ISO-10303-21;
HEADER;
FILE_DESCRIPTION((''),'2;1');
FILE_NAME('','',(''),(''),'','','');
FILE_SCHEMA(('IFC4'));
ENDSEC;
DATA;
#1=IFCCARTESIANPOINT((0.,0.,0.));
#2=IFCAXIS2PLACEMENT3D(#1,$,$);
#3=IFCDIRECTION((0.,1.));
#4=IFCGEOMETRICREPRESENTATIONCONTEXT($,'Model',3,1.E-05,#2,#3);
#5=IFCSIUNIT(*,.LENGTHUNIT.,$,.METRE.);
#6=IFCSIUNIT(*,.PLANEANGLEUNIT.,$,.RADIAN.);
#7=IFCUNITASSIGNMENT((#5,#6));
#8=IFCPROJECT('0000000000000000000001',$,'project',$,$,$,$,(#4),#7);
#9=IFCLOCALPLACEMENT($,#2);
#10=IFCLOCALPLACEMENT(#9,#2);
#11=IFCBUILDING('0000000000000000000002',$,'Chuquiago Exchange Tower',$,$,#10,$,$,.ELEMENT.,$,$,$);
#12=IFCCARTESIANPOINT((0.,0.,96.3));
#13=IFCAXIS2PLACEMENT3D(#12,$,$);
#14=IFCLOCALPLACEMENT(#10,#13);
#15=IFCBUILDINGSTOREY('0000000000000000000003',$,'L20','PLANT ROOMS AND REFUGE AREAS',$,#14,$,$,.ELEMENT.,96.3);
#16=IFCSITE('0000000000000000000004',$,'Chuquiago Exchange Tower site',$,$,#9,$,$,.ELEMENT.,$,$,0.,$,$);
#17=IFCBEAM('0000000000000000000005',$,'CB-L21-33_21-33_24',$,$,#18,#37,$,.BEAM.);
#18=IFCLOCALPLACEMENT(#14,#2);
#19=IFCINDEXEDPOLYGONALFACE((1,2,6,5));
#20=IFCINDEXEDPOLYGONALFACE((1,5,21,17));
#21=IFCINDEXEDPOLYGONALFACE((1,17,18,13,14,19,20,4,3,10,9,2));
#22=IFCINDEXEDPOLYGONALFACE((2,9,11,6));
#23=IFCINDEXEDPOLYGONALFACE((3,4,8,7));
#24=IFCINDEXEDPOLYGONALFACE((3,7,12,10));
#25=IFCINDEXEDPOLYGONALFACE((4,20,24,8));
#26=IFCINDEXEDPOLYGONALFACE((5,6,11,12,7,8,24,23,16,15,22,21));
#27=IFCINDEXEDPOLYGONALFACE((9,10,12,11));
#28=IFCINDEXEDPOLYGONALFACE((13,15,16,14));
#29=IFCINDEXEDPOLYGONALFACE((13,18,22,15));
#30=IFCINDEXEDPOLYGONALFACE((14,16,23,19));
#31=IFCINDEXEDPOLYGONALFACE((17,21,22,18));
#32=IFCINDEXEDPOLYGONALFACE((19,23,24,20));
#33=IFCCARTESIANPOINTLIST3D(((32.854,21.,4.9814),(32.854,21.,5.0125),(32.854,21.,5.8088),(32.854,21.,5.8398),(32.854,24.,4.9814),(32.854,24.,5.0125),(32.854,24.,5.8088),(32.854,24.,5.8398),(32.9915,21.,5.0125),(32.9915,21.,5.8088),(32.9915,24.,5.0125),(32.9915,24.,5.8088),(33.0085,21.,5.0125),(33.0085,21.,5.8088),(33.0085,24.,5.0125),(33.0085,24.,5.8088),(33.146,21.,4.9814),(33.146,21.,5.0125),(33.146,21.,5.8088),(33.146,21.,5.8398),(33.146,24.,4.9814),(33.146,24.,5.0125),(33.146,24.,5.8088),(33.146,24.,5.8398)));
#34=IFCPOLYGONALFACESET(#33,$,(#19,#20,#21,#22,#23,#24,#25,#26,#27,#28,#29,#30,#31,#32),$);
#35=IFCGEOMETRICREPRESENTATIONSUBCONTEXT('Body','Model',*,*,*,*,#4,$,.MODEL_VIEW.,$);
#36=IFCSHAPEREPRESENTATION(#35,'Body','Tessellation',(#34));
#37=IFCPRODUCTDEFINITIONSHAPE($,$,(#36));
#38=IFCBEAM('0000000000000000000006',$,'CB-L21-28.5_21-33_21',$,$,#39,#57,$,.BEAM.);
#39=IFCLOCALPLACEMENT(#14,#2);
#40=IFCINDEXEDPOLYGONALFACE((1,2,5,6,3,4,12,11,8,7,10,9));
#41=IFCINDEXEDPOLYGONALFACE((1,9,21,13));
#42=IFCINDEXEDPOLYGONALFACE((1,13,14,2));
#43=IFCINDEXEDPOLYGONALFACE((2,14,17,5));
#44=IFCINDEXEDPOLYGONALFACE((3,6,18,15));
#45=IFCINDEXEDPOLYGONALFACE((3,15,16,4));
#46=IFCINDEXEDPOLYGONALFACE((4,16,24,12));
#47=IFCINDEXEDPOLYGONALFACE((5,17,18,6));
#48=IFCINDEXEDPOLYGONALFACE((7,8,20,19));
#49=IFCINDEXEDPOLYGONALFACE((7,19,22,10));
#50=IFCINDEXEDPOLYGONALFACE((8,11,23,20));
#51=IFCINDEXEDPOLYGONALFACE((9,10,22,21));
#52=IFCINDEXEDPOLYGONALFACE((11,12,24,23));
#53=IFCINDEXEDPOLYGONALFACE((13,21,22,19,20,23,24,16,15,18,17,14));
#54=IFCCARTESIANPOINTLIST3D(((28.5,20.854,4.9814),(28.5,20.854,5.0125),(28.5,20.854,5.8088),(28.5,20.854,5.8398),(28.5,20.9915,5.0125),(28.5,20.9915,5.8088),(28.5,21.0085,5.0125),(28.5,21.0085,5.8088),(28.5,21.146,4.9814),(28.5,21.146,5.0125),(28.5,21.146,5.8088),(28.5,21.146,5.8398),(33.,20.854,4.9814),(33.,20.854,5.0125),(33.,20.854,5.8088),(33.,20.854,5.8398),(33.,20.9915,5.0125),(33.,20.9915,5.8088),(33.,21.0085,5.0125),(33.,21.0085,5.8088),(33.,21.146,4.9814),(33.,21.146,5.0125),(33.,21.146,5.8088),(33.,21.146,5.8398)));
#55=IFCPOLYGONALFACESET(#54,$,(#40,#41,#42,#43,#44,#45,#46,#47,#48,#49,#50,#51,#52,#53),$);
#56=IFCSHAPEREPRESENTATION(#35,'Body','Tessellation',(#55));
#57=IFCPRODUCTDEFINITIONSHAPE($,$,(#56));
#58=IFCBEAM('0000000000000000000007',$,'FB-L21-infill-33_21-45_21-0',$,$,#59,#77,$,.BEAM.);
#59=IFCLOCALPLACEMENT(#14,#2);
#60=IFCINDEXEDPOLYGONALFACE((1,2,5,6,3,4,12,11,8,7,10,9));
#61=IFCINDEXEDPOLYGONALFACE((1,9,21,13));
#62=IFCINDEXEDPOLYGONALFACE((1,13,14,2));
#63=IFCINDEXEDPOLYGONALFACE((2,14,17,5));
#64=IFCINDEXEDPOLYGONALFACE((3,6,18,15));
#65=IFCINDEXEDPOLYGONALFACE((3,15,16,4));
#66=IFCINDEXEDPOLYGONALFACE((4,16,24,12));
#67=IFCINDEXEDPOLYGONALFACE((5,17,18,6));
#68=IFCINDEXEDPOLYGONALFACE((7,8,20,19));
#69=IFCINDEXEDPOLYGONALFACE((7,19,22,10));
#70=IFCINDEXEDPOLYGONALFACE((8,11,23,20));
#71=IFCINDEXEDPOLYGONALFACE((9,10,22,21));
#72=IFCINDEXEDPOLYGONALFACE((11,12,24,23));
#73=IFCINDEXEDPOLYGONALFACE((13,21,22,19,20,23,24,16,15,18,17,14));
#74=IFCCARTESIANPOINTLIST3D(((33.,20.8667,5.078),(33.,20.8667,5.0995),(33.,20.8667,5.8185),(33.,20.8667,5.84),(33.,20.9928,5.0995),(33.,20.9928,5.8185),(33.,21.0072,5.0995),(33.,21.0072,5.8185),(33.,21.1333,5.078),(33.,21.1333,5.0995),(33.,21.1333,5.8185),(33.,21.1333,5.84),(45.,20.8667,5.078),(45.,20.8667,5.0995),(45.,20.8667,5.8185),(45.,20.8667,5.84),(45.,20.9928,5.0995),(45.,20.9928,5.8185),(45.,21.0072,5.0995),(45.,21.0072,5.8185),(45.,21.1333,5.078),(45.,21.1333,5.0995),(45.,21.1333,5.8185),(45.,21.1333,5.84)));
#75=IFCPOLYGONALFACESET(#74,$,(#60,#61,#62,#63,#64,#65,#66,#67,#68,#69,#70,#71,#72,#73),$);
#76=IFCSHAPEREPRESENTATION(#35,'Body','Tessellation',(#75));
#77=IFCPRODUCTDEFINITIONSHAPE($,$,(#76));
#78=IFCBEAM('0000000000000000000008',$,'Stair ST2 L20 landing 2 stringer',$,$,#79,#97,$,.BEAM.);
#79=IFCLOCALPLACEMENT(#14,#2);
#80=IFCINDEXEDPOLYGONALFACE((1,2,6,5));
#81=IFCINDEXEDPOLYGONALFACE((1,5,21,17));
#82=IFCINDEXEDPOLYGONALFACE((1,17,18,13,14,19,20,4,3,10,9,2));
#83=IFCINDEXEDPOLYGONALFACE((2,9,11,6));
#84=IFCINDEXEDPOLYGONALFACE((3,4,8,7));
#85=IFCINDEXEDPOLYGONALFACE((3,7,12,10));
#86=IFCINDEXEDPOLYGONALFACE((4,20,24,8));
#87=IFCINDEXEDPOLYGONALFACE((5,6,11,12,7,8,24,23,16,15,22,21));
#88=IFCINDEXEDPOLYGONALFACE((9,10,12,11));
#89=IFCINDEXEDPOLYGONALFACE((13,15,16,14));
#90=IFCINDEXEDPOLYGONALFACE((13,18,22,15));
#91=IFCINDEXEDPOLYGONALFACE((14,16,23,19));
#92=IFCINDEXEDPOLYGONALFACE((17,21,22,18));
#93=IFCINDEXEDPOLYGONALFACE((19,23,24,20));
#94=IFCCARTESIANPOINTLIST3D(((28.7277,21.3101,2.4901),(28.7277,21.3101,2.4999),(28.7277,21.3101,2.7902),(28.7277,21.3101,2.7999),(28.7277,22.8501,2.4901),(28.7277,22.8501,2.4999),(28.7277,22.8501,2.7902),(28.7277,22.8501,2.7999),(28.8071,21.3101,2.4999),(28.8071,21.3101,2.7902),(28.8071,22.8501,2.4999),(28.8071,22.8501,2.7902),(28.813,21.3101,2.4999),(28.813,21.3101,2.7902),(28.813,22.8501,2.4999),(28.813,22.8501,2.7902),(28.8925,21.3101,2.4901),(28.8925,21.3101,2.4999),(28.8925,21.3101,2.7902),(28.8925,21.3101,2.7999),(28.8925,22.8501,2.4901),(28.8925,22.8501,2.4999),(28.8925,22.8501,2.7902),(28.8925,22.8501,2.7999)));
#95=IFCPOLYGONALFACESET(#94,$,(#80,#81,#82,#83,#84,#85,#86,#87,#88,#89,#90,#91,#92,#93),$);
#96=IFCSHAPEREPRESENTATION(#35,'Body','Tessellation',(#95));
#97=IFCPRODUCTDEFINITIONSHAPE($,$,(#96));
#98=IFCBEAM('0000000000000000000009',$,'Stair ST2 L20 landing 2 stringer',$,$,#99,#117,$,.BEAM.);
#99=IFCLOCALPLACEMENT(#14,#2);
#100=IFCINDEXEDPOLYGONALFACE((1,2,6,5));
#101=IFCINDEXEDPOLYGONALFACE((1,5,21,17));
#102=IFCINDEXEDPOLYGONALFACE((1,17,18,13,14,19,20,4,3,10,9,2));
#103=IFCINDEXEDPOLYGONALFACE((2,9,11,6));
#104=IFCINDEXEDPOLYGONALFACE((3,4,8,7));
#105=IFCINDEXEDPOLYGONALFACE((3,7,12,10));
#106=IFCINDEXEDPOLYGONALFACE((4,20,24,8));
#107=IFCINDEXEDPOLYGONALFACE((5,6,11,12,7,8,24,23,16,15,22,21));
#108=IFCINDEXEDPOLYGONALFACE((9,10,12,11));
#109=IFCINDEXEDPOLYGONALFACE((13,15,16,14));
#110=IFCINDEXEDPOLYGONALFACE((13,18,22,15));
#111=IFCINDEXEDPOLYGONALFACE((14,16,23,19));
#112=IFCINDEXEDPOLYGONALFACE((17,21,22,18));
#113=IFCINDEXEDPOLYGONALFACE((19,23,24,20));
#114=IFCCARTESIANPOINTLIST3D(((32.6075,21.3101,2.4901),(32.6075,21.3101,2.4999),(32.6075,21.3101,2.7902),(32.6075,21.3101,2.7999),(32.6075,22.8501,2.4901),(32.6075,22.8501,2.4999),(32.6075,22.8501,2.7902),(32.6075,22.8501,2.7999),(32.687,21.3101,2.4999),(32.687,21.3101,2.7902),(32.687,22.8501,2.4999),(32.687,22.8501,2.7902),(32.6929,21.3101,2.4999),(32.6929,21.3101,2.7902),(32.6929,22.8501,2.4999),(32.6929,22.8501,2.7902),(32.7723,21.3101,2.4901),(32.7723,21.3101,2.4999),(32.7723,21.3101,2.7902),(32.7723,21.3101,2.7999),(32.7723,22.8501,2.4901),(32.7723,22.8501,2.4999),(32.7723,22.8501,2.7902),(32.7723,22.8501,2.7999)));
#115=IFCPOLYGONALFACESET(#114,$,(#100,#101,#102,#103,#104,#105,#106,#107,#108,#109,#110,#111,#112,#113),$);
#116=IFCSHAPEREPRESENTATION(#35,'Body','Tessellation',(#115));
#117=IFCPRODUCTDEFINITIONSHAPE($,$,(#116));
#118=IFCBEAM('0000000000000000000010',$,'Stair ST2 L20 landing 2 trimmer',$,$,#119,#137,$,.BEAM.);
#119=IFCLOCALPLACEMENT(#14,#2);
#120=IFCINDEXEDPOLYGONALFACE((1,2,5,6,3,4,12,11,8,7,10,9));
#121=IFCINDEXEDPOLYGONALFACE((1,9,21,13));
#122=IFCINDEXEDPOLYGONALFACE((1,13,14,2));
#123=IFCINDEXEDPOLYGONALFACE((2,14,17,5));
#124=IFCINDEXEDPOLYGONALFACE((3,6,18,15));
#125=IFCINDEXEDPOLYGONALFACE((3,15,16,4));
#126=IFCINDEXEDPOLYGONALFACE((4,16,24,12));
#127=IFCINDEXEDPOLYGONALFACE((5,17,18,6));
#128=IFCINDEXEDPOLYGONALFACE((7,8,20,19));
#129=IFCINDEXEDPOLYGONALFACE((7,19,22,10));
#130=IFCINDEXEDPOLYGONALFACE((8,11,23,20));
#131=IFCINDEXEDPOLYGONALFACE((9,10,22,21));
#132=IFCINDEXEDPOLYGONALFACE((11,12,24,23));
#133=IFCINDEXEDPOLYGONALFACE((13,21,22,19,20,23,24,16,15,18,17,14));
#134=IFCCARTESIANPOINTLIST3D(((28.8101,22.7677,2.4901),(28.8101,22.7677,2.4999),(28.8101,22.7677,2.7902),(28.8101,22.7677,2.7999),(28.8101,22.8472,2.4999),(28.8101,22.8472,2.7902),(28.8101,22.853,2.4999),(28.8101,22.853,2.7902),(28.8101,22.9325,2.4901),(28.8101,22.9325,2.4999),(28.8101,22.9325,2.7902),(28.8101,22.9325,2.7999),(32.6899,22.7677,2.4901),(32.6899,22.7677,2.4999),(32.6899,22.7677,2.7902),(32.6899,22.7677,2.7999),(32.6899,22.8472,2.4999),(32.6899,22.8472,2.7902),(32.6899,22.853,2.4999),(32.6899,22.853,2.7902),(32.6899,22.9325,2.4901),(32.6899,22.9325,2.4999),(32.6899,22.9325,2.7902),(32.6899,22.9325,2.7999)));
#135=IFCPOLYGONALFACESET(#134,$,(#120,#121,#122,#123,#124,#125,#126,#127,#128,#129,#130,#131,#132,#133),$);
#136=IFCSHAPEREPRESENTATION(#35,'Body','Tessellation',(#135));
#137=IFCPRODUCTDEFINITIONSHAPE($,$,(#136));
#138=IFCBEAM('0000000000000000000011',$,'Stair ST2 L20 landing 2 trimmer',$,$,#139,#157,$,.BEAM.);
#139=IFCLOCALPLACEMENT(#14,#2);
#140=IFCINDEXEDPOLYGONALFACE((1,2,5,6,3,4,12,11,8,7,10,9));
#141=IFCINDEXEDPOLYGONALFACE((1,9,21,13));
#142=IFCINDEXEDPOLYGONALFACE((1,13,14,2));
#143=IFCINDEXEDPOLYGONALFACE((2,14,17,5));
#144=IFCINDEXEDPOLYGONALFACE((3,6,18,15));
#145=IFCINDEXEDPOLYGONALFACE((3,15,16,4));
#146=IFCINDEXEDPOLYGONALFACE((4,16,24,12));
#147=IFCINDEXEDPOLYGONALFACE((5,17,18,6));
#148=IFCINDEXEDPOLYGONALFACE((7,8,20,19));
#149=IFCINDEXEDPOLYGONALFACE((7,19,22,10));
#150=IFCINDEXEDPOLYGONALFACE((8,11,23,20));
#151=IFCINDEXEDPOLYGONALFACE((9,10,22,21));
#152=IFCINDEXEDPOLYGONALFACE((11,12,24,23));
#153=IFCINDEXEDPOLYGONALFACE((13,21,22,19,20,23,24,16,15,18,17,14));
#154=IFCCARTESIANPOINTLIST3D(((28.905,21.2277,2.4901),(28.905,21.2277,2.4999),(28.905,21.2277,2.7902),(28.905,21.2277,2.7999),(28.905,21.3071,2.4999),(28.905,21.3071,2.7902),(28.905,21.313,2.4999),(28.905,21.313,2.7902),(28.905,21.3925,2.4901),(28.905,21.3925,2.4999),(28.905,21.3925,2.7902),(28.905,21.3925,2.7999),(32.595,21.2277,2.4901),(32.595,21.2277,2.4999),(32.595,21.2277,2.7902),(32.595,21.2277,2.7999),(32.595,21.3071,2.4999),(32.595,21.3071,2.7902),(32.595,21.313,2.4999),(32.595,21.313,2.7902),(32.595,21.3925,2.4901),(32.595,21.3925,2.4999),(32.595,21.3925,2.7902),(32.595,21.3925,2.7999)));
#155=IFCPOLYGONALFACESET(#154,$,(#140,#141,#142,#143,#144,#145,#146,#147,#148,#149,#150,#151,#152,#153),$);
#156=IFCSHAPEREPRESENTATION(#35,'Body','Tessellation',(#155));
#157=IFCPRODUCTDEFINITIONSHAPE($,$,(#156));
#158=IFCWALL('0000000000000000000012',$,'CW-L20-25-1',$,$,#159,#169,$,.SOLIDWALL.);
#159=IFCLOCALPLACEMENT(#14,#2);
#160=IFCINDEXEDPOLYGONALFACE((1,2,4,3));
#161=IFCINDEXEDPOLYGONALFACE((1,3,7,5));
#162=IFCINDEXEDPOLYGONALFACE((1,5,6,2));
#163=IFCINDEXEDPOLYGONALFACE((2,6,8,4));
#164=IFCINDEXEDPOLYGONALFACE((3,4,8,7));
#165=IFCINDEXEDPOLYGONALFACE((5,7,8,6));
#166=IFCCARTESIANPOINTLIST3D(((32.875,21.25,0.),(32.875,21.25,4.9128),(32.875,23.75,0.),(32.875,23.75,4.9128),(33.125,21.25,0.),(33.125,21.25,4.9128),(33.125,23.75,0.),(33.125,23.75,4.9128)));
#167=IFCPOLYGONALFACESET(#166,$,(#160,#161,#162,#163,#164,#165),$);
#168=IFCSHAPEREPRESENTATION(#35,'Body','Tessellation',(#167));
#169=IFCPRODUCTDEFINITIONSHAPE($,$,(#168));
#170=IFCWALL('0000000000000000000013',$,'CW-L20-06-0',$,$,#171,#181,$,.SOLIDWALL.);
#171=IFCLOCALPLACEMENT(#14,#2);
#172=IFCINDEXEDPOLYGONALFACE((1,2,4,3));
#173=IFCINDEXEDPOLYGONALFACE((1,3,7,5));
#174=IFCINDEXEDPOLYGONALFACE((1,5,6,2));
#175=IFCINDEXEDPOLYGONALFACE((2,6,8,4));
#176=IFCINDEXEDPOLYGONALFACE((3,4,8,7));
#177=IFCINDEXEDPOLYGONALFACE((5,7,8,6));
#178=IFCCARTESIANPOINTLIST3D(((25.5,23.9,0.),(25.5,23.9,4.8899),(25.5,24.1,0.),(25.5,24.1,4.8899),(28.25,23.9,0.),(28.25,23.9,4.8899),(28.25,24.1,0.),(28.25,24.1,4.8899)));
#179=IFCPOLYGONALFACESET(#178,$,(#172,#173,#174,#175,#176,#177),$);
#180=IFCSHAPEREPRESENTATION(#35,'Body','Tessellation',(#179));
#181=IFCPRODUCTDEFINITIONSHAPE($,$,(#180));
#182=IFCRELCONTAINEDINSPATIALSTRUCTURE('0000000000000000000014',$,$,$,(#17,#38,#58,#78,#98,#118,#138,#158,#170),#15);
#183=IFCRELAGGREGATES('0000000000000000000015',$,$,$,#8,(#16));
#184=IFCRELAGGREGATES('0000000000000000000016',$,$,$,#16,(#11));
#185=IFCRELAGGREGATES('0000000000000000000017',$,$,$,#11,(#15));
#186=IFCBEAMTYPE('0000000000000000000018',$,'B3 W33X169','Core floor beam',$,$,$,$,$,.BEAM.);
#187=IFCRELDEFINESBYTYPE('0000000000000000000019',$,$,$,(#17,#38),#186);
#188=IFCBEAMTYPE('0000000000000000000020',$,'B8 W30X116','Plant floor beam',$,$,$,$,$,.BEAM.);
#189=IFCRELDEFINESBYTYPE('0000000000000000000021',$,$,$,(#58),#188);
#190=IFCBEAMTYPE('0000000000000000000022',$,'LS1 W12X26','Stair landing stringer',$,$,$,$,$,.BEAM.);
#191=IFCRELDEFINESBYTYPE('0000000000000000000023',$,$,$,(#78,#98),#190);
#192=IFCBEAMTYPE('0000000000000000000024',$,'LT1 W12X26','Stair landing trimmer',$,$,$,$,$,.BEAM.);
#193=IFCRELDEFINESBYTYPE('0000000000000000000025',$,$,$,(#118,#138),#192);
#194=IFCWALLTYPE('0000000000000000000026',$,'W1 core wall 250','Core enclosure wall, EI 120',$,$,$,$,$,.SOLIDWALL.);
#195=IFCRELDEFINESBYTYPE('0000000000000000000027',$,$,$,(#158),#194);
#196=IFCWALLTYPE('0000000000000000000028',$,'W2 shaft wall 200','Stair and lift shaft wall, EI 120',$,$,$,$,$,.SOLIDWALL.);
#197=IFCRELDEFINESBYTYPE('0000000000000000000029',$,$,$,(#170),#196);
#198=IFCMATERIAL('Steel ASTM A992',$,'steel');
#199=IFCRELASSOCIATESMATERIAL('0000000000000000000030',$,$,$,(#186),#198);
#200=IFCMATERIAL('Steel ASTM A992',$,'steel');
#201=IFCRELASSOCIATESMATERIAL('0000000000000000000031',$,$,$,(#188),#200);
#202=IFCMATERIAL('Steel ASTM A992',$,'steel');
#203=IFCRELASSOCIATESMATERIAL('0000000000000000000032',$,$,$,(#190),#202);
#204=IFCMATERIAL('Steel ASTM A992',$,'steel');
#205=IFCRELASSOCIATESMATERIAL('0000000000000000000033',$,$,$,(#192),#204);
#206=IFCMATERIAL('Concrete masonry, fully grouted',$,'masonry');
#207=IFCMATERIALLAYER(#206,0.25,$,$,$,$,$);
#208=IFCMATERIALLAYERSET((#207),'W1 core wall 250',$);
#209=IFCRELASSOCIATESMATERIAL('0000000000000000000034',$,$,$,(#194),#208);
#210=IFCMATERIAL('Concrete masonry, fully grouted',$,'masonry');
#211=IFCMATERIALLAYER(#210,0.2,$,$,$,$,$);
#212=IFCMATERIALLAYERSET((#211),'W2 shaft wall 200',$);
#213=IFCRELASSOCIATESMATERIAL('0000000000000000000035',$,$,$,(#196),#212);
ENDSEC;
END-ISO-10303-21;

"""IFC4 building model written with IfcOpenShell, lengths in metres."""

from ifc_helpers import new_model, si_unit, direction, frame, frame_2d, origin, origin_2d, place, context, subcontext, project, spatial, rectangle, i_section, extrude, material, layer, layer_set, material_profile, profile_set, type_object, element, save


model = new_model("IFC4")

# Units and contexts
model_context = context("Model", 3, precision=1e-05, world=origin(), true_north=direction((0.0, 1.0)))
body_context = subcontext(model_context, "Body", "Model", "MODEL_VIEW")
ifc_project = project(units=[si_unit("LENGTHUNIT", "METRE"), si_unit("PLANEANGLEUNIT", "RADIAN")], contexts=[model_context])

# Site, building, storey
site_placement = place(None, origin())
site = spatial("IfcSite", under=ifc_project, at=site_placement, Name="Chuquiago Exchange Tower site", CompositionType="ELEMENT", RefElevation=0.0)
building_placement = place(site_placement, origin())
building = spatial("IfcBuilding", under=site, at=building_placement, Name="Chuquiago Exchange Tower", CompositionType="ELEMENT")
storey_placement = place(building_placement, frame((0.0, 0.0, 96.3)))
storey = spatial("IfcBuildingStorey", under=building, at=storey_placement, Name="L20", Description="PLANT ROOMS AND REFUGE AREAS", CompositionType="ELEMENT", Elevation=96.3)

# Beams
ifc_material_1 = material(Name="Steel ASTM A992", Category="steel")
ifc_material_profile_1 = material_profile(ifc_material_1, i_section(OverallWidth=0.292, OverallDepth=0.8584, WebThickness=0.0171, FlangeThickness=0.031, at=origin_2d()), Name="W33X169")
ifc_profile_set_1 = profile_set([ifc_material_profile_1], Name="Steel ASTM A992")
beam_type_1 = type_object("IfcBeamType", Name="B3 W33X169", Description="Core floor beam", PredefinedType="BEAM", material=ifc_profile_set_1)
for number, where, z_axis, x_axis, name in (
    (1, (33.0, 21.0, 5.4106), (0.0, 1.0, 0.0), (-1.0, 0.0, 0.0), "CB-L21-33_21-33_24"),
):
    element("IfcBeam", number, at=place(storey_placement, frame(where, z_axis=z_axis, x_axis=x_axis)), inside=storey, type_object=beam_type_1, Name=name, PredefinedType="BEAM", context=body_context, shape_type="SweptSolid", body=[
        extrude(i_section(OverallWidth=0.292, OverallDepth=0.8584, WebThickness=0.0171, FlangeThickness=0.031, at=origin_2d()), origin(), (0.0, 0.0, 1.0), 3.0),
    ])
beam_1_placement = place(storey_placement, frame((28.5, 21.0, 5.4106), z_axis=(1.0, 0.0, 0.0), x_axis=(0.0, 1.0, 0.0)))
element("IfcBeam", 2, at=beam_1_placement, inside=storey, type_object=beam_type_1, Name="CB-L21-28.5_21-33_21", PredefinedType="BEAM", context=body_context, shape_type="SweptSolid", body=[
    extrude(i_section(OverallWidth=0.292, OverallDepth=0.8584, WebThickness=0.0171, FlangeThickness=0.031, at=origin_2d()), origin(), (0.0, 0.0, 1.0), 4.5),
])
ifc_material_2 = material(Name="Steel ASTM A992", Category="steel")
ifc_material_profile_2 = material_profile(ifc_material_2, i_section(OverallWidth=0.2666, OverallDepth=0.762, WebThickness=0.0144, FlangeThickness=0.0215, at=origin_2d()), Name="W30X116")
ifc_profile_set_2 = profile_set([ifc_material_profile_2], Name="Steel ASTM A992")
beam_type_2 = type_object("IfcBeamType", Name="B8 W30X116", Description="Plant floor beam", PredefinedType="BEAM", material=ifc_profile_set_2)
beam_2_placement = place(storey_placement, frame((33.0, 21.0, 5.459), z_axis=(1.0, 0.0, 0.0), x_axis=(0.0, 1.0, 0.0)))
element("IfcBeam", 3, at=beam_2_placement, inside=storey, type_object=beam_type_2, Name="FB-L21-infill-33_21-45_21-0", PredefinedType="BEAM", context=body_context, shape_type="SweptSolid", body=[
    extrude(i_section(OverallWidth=0.2666, OverallDepth=0.762, WebThickness=0.0144, FlangeThickness=0.0215, at=origin_2d()), origin(), (0.0, 0.0, 1.0), 12.0),
])
ifc_material_3 = material(Name="Steel ASTM A992", Category="steel")
ifc_material_profile_3 = material_profile(ifc_material_3, i_section(OverallWidth=0.1648, OverallDepth=0.3098, WebThickness=0.0059, FlangeThickness=0.0098, at=origin_2d()), Name="W12X26")
ifc_profile_set_3 = profile_set([ifc_material_profile_3], Name="Steel ASTM A992")
beam_type_3 = type_object("IfcBeamType", Name="LS1 W12X26", Description="Stair landing stringer", PredefinedType="BEAM", material=ifc_profile_set_3)
for number, where, z_axis, x_axis, name in (
    (4, (28.8101, 21.3101, 2.645), (0.0, 1.0, 0.0), (-1.0, 0.0, 0.0), "Stair ST2 L20 landing 2 stringer"),
    (5, (32.6899, 21.3101, 2.645), (0.0, 1.0, 0.0), (-1.0, 0.0, 0.0), "Stair ST2 L20 landing 2 stringer"),
):
    element("IfcBeam", number, at=place(storey_placement, frame(where, z_axis=z_axis, x_axis=x_axis)), inside=storey, type_object=beam_type_3, Name=name, PredefinedType="BEAM", context=body_context, shape_type="SweptSolid", body=[
        extrude(i_section(OverallWidth=0.1648, OverallDepth=0.3098, WebThickness=0.0059, FlangeThickness=0.0098, at=origin_2d()), origin(), (0.0, 0.0, 1.0), 1.54),
    ])
ifc_material_4 = material(Name="Steel ASTM A992", Category="steel")
ifc_material_profile_4 = material_profile(ifc_material_4, i_section(OverallWidth=0.1648, OverallDepth=0.3098, WebThickness=0.0059, FlangeThickness=0.0098, at=origin_2d()), Name="W12X26")
ifc_profile_set_4 = profile_set([ifc_material_profile_4], Name="Steel ASTM A992")
beam_type_4 = type_object("IfcBeamType", Name="LT1 W12X26", Description="Stair landing trimmer", PredefinedType="BEAM", material=ifc_profile_set_4)
beam_3_placement = place(storey_placement, frame((28.8101, 22.8501, 2.645), z_axis=(1.0, 0.0, 0.0), x_axis=(0.0, 1.0, 0.0)))
element("IfcBeam", 6, at=beam_3_placement, inside=storey, type_object=beam_type_4, Name="Stair ST2 L20 landing 2 trimmer", PredefinedType="BEAM", context=body_context, shape_type="SweptSolid", body=[
    extrude(i_section(OverallWidth=0.1648, OverallDepth=0.3098, WebThickness=0.0059, FlangeThickness=0.0098, at=origin_2d()), origin(), (0.0, 0.0, 1.0), 3.8799),
])
beam_4_placement = place(storey_placement, frame((28.905, 21.3101, 2.645), z_axis=(1.0, 0.0, 0.0), x_axis=(0.0, 1.0, 0.0)))
element("IfcBeam", 7, at=beam_4_placement, inside=storey, type_object=beam_type_4, Name="Stair ST2 L20 landing 2 trimmer", PredefinedType="BEAM", context=body_context, shape_type="SweptSolid", body=[
    extrude(i_section(OverallWidth=0.1648, OverallDepth=0.3098, WebThickness=0.0059, FlangeThickness=0.0098, at=origin_2d()), origin(), (0.0, 0.0, 1.0), 3.6899),
])

# Walls
ifc_material_5 = material(Name="Concrete masonry, fully grouted", Category="masonry")
ifc_layer_1 = layer(ifc_material_5, 0.25)
ifc_layer_set_1 = layer_set([ifc_layer_1], Name="W1 core wall 250")
wall_type_1 = type_object("IfcWallType", Name="W1 core wall 250", Description="Core enclosure wall, EI 120", PredefinedType="SOLIDWALL", material=ifc_layer_set_1)
wall_1_placement = place(storey_placement, frame((33.0, 21.25, 0.0), z_axis=(0.0, 0.0, 1.0), x_axis=(0.0, 1.0, 0.0)))
element("IfcWall", 8, at=wall_1_placement, inside=storey, type_object=wall_type_1, Name="CW-L20-25-1", PredefinedType="SOLIDWALL", context=body_context, shape_type="SweptSolid", body=[
    extrude(rectangle(XDim=2.5, YDim=0.25, at=frame_2d((1.25, 0.0))), origin(), (0.0, 0.0, 1.0), 4.9128),
])
ifc_material_6 = material(Name="Concrete masonry, fully grouted", Category="masonry")
ifc_layer_2 = layer(ifc_material_6, 0.2)
ifc_layer_set_2 = layer_set([ifc_layer_2], Name="W2 shaft wall 200")
wall_type_2 = type_object("IfcWallType", Name="W2 shaft wall 200", Description="Stair and lift shaft wall, EI 120", PredefinedType="SOLIDWALL", material=ifc_layer_set_2)
wall_2_placement = place(storey_placement, frame((25.5, 24.0, 0.0), z_axis=(0.0, 0.0, 1.0), x_axis=(1.0, 0.0, 0.0)))
element("IfcWall", 9, at=wall_2_placement, inside=storey, type_object=wall_type_2, Name="CW-L20-06-0", PredefinedType="SOLIDWALL", context=body_context, shape_type="SweptSolid", body=[
    extrude(rectangle(XDim=2.75, YDim=0.2, at=frame_2d((1.375, 0.0))), origin(), (0.0, 0.0, 1.0), 4.8899),
])

save(model, "model.ifc")
